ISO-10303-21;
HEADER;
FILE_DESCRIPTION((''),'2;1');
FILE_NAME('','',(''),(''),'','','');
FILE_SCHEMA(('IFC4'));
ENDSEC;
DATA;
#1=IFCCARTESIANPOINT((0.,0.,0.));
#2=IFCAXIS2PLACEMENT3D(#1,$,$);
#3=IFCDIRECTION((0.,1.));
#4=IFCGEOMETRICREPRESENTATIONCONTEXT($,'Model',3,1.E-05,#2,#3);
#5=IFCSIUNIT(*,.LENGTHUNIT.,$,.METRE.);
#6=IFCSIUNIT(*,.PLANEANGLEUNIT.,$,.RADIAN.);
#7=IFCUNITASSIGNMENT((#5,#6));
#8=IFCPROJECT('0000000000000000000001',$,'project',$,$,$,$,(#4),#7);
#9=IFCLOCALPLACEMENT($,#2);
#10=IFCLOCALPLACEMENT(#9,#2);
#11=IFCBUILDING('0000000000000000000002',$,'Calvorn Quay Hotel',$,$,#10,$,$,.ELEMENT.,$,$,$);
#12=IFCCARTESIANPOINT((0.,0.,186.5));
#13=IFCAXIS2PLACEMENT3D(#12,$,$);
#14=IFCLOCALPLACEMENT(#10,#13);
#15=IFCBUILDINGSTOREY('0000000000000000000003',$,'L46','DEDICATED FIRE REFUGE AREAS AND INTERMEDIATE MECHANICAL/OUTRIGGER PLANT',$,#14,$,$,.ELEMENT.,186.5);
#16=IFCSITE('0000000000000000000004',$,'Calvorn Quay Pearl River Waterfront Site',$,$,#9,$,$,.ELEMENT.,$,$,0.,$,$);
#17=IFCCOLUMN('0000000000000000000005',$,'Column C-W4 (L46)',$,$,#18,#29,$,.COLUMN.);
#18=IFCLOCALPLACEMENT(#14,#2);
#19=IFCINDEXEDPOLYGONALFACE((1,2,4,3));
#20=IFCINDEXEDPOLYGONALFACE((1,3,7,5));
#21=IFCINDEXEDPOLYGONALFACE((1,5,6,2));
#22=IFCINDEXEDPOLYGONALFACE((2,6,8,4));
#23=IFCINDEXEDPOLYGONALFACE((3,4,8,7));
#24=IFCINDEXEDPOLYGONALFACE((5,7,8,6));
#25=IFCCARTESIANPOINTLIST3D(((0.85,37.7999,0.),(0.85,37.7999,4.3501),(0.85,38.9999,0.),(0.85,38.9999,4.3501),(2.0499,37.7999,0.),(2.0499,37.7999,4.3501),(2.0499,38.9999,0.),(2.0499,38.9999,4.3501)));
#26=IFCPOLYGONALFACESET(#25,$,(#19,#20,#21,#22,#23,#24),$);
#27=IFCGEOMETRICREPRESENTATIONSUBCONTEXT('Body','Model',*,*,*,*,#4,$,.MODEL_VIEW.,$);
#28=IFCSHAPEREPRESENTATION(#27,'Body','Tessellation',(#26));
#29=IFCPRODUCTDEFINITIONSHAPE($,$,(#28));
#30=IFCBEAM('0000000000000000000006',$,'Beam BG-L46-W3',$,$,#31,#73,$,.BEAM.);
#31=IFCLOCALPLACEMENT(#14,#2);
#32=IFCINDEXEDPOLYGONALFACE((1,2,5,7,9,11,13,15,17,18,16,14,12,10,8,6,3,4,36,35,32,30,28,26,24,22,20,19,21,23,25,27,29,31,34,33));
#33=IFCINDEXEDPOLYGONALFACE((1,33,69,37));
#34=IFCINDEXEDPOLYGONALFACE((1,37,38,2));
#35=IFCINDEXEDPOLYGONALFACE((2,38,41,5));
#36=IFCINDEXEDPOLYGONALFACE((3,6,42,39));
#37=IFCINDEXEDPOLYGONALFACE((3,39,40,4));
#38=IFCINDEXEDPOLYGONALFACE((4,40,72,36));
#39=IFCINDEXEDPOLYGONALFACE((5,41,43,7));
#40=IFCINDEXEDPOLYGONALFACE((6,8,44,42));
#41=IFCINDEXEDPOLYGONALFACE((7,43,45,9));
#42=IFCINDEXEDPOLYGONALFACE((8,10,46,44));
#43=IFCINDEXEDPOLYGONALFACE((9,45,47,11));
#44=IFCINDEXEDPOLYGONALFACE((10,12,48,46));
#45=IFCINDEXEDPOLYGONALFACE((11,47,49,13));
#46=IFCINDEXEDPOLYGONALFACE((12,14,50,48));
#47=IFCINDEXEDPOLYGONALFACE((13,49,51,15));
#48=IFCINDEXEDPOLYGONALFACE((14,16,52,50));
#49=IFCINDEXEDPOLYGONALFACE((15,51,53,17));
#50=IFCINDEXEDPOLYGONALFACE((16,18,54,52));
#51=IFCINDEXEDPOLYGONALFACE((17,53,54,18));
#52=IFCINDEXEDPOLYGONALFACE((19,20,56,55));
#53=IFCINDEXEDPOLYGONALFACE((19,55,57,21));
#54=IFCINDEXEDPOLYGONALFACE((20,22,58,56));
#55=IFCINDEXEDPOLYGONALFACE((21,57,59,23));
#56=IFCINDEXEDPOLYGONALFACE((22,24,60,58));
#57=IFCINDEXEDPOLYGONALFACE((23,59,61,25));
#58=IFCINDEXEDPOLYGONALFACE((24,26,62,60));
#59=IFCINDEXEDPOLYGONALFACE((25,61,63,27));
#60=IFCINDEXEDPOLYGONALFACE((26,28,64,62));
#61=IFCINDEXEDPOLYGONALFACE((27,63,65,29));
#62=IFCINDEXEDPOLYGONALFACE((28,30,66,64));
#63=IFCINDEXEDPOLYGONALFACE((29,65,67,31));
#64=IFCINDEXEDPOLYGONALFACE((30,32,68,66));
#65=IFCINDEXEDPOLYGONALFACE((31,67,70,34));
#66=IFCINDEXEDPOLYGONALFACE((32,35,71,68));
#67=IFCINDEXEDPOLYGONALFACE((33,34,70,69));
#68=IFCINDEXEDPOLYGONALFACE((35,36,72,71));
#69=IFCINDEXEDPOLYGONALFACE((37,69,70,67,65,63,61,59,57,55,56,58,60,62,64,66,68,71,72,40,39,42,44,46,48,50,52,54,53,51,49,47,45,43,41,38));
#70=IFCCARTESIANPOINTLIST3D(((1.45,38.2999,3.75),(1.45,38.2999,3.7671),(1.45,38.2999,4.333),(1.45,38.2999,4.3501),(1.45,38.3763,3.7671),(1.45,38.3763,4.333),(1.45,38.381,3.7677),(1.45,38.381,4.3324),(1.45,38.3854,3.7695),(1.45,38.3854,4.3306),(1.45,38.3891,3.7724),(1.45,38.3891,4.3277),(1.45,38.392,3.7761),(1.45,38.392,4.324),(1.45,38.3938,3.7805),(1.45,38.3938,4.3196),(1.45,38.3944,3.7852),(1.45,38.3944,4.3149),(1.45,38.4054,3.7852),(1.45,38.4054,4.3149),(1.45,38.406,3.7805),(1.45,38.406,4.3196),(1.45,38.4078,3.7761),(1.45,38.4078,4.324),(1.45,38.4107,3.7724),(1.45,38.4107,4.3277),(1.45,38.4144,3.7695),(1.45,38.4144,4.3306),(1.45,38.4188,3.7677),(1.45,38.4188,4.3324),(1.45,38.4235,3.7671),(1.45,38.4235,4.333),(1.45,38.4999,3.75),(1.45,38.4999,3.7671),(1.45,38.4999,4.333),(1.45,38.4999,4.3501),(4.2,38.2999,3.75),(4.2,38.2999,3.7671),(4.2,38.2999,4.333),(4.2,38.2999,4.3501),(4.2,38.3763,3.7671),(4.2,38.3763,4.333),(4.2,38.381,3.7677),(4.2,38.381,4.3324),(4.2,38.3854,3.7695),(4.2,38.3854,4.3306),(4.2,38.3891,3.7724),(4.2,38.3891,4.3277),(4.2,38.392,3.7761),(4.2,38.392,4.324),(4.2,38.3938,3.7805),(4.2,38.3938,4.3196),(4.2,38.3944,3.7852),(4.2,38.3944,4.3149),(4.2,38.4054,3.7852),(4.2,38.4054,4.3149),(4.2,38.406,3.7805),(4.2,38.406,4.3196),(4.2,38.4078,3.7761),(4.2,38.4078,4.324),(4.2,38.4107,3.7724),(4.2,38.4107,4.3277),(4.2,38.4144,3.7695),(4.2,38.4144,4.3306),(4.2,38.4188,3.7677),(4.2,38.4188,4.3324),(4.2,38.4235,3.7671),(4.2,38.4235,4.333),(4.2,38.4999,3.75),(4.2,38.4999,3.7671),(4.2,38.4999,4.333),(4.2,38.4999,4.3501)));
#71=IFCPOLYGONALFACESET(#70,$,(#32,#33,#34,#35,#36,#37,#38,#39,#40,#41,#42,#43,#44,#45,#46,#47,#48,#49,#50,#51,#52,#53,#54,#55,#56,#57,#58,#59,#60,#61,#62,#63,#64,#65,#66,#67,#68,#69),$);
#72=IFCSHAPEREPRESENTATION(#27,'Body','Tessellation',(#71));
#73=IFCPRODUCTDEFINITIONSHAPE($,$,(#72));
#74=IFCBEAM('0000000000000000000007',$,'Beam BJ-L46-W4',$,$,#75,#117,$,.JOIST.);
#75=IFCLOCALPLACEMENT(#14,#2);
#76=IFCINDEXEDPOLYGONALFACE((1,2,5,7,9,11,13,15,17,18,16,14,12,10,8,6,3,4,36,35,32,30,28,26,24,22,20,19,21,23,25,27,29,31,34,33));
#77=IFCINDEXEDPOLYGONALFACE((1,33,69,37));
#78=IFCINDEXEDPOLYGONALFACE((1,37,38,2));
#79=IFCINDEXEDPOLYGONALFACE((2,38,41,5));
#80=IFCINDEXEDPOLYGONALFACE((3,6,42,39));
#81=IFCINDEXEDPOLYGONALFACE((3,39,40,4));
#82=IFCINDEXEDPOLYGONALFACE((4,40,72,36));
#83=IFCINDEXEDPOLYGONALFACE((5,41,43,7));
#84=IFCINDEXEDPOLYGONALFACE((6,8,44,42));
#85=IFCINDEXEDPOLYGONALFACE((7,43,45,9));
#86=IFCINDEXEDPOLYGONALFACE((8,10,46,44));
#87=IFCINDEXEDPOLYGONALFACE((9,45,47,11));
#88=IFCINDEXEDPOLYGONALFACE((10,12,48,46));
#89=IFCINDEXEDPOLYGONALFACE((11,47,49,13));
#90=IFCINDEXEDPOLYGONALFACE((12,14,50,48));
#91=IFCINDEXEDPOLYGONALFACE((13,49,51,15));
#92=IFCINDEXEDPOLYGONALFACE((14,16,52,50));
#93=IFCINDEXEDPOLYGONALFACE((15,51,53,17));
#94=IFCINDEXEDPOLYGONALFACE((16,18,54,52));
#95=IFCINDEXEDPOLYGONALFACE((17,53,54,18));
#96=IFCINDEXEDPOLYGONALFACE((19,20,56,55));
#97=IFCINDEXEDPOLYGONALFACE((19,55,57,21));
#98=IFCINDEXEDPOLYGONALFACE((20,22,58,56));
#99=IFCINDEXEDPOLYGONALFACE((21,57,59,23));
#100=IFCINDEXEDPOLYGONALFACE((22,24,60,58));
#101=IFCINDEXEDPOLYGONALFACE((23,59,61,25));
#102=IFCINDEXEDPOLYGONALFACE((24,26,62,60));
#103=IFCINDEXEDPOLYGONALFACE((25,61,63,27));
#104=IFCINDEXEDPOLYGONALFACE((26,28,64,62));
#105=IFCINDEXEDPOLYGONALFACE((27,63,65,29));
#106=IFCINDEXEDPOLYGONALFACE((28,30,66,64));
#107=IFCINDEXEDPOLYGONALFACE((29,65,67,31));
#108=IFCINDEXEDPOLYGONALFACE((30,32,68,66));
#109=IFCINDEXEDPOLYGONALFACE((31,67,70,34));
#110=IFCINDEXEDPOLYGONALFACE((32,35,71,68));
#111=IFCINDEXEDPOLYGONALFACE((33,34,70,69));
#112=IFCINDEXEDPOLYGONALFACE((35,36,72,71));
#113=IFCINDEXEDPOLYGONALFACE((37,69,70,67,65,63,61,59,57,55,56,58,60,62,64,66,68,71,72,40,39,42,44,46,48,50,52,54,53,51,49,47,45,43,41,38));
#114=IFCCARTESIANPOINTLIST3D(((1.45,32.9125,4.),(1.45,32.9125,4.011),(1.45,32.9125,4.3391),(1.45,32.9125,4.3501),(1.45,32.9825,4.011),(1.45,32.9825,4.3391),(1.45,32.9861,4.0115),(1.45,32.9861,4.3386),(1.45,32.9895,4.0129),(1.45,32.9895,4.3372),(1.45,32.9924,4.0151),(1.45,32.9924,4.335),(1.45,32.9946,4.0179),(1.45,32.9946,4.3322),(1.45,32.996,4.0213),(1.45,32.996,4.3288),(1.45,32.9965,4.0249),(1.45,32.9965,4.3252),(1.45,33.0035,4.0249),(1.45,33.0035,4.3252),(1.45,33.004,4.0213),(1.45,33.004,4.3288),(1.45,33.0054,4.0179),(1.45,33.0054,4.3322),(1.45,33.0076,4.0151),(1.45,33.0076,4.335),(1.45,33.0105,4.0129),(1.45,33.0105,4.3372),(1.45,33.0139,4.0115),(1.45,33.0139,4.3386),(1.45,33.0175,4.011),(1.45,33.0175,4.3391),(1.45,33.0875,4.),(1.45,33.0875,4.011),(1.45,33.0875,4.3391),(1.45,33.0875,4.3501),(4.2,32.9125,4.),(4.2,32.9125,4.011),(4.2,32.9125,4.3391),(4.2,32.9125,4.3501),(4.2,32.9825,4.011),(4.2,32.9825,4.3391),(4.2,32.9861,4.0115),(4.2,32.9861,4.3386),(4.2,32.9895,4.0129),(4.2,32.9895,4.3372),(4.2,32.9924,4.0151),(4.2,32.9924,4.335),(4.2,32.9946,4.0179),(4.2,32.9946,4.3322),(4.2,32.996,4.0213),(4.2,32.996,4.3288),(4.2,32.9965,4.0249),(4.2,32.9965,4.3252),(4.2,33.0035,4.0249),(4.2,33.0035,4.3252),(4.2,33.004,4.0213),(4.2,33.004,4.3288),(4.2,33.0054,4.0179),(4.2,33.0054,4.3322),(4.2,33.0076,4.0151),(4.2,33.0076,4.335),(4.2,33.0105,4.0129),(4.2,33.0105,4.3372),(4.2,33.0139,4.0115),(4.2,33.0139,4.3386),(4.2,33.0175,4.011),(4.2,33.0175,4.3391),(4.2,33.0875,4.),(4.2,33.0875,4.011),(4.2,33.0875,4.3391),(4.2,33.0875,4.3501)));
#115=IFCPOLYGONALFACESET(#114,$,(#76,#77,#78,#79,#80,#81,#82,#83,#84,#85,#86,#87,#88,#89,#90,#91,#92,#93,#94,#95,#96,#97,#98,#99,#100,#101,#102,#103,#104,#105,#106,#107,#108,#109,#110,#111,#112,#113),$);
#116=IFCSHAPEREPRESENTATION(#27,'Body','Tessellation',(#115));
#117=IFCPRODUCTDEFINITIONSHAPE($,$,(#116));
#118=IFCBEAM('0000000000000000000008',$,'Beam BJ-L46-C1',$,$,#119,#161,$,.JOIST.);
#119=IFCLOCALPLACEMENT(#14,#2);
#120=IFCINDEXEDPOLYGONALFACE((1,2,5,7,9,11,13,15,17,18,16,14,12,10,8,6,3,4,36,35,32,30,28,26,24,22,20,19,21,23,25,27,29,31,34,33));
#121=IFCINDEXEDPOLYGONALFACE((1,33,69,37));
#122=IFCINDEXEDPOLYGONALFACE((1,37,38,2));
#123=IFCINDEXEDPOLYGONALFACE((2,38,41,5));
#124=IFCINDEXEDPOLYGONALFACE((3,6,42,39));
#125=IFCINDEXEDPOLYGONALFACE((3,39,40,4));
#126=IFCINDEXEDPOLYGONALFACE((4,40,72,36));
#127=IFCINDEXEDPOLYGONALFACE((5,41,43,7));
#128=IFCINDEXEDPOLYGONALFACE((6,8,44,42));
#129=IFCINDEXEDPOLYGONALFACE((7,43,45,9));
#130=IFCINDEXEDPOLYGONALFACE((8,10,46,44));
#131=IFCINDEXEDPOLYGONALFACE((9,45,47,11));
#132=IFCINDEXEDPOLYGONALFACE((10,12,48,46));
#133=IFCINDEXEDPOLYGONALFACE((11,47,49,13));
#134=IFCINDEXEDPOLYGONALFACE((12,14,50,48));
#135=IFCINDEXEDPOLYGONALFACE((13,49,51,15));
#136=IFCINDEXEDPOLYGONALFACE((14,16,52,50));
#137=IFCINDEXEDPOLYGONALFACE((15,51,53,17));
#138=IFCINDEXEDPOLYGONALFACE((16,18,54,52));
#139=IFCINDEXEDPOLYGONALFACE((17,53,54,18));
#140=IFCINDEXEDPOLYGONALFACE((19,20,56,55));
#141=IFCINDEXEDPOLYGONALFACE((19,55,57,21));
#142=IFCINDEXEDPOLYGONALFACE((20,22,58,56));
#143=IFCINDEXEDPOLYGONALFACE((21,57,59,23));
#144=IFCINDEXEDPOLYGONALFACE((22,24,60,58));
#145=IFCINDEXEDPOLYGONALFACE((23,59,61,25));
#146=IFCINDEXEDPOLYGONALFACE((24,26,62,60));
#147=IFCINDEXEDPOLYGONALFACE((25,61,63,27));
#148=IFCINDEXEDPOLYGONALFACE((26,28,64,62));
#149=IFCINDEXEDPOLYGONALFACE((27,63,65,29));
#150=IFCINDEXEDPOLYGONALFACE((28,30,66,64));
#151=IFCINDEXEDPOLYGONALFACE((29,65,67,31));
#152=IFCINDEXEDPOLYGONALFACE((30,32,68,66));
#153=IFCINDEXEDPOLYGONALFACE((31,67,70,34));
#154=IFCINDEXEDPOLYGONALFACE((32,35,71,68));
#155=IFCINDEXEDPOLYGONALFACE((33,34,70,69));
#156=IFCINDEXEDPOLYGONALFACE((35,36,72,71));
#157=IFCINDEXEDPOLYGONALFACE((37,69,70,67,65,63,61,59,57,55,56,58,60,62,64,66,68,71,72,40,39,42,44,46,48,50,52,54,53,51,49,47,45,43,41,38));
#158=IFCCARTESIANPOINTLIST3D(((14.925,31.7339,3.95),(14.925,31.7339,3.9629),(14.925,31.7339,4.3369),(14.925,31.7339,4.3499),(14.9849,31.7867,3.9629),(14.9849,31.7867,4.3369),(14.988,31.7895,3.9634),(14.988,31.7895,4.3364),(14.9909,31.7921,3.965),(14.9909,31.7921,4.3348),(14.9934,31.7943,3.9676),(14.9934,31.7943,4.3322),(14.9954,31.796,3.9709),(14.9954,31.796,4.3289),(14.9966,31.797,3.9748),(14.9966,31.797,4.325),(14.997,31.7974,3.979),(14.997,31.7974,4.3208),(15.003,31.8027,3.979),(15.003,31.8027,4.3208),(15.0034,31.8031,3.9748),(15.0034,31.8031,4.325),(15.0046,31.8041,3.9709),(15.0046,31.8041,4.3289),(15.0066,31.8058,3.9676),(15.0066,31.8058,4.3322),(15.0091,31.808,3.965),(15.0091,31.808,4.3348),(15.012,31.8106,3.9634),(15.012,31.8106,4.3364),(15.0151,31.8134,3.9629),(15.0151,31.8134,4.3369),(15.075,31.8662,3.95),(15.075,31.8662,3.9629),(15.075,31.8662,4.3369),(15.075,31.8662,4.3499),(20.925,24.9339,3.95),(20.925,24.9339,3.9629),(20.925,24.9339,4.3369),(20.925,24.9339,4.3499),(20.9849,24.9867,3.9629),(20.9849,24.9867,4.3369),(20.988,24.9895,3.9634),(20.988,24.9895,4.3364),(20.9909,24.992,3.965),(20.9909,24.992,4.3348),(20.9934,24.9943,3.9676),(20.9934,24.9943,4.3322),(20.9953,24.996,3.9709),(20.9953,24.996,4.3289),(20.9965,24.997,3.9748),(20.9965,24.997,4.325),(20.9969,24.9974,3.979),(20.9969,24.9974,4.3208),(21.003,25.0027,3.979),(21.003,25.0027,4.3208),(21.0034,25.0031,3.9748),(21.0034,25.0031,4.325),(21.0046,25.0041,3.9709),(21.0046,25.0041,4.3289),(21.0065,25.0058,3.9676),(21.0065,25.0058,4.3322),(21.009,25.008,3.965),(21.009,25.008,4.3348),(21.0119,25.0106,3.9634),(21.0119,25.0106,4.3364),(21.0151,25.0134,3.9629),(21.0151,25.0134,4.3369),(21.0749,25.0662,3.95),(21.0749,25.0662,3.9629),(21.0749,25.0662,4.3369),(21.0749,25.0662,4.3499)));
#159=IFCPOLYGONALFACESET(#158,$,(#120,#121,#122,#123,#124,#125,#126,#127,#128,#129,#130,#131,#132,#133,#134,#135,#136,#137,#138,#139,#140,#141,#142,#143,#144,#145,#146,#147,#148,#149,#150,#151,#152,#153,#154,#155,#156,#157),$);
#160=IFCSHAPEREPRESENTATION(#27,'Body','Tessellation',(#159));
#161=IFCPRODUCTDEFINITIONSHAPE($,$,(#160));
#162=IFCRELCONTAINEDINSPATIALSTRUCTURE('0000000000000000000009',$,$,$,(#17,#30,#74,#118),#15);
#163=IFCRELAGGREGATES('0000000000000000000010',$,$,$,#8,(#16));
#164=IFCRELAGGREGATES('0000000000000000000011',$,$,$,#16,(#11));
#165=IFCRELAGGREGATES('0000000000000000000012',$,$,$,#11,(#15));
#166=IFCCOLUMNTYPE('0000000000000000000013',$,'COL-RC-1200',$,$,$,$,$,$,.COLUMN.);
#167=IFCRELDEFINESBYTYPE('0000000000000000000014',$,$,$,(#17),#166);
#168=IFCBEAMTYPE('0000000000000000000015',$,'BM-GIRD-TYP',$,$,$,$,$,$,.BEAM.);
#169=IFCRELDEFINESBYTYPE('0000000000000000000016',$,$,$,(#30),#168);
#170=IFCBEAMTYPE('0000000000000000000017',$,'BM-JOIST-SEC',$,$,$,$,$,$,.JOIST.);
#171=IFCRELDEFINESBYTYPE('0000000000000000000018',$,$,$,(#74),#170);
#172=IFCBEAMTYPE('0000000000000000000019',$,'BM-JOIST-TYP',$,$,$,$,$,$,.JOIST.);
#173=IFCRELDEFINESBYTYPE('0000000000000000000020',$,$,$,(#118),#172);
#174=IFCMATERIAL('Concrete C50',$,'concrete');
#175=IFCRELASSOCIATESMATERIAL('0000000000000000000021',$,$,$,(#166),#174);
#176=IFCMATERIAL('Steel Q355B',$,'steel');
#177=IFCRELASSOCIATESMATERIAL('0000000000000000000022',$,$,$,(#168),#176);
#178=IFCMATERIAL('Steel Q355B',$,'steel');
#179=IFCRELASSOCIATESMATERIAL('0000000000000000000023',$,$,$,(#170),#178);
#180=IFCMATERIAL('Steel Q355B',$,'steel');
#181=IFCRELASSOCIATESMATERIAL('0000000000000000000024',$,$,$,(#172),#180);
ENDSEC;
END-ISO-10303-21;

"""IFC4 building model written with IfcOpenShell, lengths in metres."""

from ifc_helpers import new_model, si_unit, direction, frame, origin, origin_2d, place, context, subcontext, project, spatial, rectangle, i_section, extrude, material, material_profile, profile_set, type_object, element, save


model = new_model("IFC4")

# Units and contexts
model_context = context("Model", 3, precision=1e-05, world=origin(), true_north=direction((0.0, 1.0)))
body_context = subcontext(model_context, "Body", "Model", "MODEL_VIEW")
ifc_project = project(units=[si_unit("LENGTHUNIT", "METRE"), si_unit("PLANEANGLEUNIT", "RADIAN")], contexts=[model_context])

# Site, building, storey
site_placement = place(None, origin())
site = spatial("IfcSite", under=ifc_project, at=site_placement, Name="Calvorn Quay Pearl River Waterfront Site", CompositionType="ELEMENT", RefElevation=0.0)
building_placement = place(site_placement, origin())
building = spatial("IfcBuilding", under=site, at=building_placement, Name="Calvorn Quay Hotel", CompositionType="ELEMENT")
storey_placement = place(building_placement, frame((0.0, 0.0, 186.5)))
storey = spatial("IfcBuildingStorey", under=building, at=storey_placement, Name="L46", Description="DEDICATED FIRE REFUGE AREAS AND INTERMEDIATE MECHANICAL/OUTRIGGER PLANT", CompositionType="ELEMENT", Elevation=186.5)

# Column
ifc_material_1 = material(Name="Concrete C50", Category="concrete")
ifc_material_profile_1 = material_profile(ifc_material_1, rectangle(XDim=1.2, YDim=1.2, at=origin_2d()), Name="RC1200x1200")
ifc_profile_set_1 = profile_set([ifc_material_profile_1], Name="Concrete C50")
column_type = type_object("IfcColumnType", Name="COL-RC-1200", PredefinedType="COLUMN", material=ifc_profile_set_1)
column_placement = place(storey_placement, frame((1.45, 38.3999, 0.0), z_axis=(0.0, 0.0, 1.0), x_axis=(1.0, 0.0, 0.0)))
element("IfcColumn", 1, at=column_placement, inside=storey, type_object=column_type, Name="Column C-W4 (L46)", PredefinedType="COLUMN", context=body_context, shape_type="SweptSolid", body=[
    extrude(rectangle(XDim=1.2, YDim=1.2, at=origin_2d()), origin(), (0.0, 0.0, 1.0), 4.3501),
])

# Beams
ifc_material_2 = material(Name="Steel Q355B", Category="steel")
ifc_material_profile_2 = material_profile(ifc_material_2, i_section(OverallWidth=0.2, OverallDepth=0.6001, WebThickness=0.011, FlangeThickness=0.0171, FilletRadius=0.0181, at=origin_2d()), Name="HN600x200x11x17")
ifc_profile_set_2 = profile_set([ifc_material_profile_2], Name="Steel Q355B")
beam_type_1 = type_object("IfcBeamType", Name="BM-GIRD-TYP", PredefinedType="BEAM", material=ifc_profile_set_2)
beam_1_placement = place(storey_placement, frame((1.45, 38.3999, 4.05), z_axis=(1.0, 0.0, 0.0), x_axis=(0.0, 1.0, 0.0)))
element("IfcBeam", 2, at=beam_1_placement, inside=storey, type_object=beam_type_1, Name="Beam BG-L46-W3", PredefinedType="BEAM", context=body_context, shape_type="SweptSolid", body=[
    extrude(i_section(OverallWidth=0.2, OverallDepth=0.6001, WebThickness=0.011, FlangeThickness=0.0171, FilletRadius=0.0181, at=origin_2d()), origin(), (0.0, 0.0, 1.0), 2.75),
])
ifc_material_3 = material(Name="Steel Q355B", Category="steel")
ifc_material_profile_3 = material_profile(ifc_material_3, i_section(OverallWidth=0.175, OverallDepth=0.3501, WebThickness=0.0071, FlangeThickness=0.011, FilletRadius=0.0139, at=origin_2d()), Name="HN350x175x7x11")
ifc_profile_set_3 = profile_set([ifc_material_profile_3], Name="Steel Q355B")
beam_type_2 = type_object("IfcBeamType", Name="BM-JOIST-SEC", PredefinedType="JOIST", material=ifc_profile_set_3)
beam_2_placement = place(storey_placement, frame((1.45, 33.0, 4.175), z_axis=(1.0, 0.0, 0.0), x_axis=(0.0, 1.0, 0.0)))
element("IfcBeam", 3, at=beam_2_placement, inside=storey, type_object=beam_type_2, Name="Beam BJ-L46-W4", PredefinedType="JOIST", context=body_context, shape_type="SweptSolid", body=[
    extrude(i_section(OverallWidth=0.175, OverallDepth=0.3501, WebThickness=0.0071, FlangeThickness=0.011, FilletRadius=0.0139, at=origin_2d()), origin(), (0.0, 0.0, 1.0), 2.75),
])
ifc_material_4 = material(Name="Steel Q355B", Category="steel")
ifc_material_profile_4 = material_profile(ifc_material_4, i_section(OverallWidth=0.2, OverallDepth=0.3999, WebThickness=0.0081, FlangeThickness=0.0129, FilletRadius=0.0161, at=origin_2d()), Name="HN400x200x8x13")
ifc_profile_set_4 = profile_set([ifc_material_profile_4], Name="Steel Q355B")
beam_type_3 = type_object("IfcBeamType", Name="BM-JOIST-TYP", PredefinedType="JOIST", material=ifc_profile_set_4)
beam_3_placement = place(storey_placement, frame((15.0, 31.8, 4.1499), z_axis=(0.661619, -0.74984, 0.0), x_axis=(0.74984, 0.661619, 0.0)))
element("IfcBeam", 4, at=beam_3_placement, inside=storey, type_object=beam_type_3, Name="Beam BJ-L46-C1", PredefinedType="JOIST", context=body_context, shape_type="SweptSolid", body=[
    extrude(i_section(OverallWidth=0.2, OverallDepth=0.3999, WebThickness=0.0081, FlangeThickness=0.0129, FilletRadius=0.0161, at=origin_2d()), origin(), (0.0, 0.0, 1.0), 9.0686),
])

save(model, "model.ifc")
